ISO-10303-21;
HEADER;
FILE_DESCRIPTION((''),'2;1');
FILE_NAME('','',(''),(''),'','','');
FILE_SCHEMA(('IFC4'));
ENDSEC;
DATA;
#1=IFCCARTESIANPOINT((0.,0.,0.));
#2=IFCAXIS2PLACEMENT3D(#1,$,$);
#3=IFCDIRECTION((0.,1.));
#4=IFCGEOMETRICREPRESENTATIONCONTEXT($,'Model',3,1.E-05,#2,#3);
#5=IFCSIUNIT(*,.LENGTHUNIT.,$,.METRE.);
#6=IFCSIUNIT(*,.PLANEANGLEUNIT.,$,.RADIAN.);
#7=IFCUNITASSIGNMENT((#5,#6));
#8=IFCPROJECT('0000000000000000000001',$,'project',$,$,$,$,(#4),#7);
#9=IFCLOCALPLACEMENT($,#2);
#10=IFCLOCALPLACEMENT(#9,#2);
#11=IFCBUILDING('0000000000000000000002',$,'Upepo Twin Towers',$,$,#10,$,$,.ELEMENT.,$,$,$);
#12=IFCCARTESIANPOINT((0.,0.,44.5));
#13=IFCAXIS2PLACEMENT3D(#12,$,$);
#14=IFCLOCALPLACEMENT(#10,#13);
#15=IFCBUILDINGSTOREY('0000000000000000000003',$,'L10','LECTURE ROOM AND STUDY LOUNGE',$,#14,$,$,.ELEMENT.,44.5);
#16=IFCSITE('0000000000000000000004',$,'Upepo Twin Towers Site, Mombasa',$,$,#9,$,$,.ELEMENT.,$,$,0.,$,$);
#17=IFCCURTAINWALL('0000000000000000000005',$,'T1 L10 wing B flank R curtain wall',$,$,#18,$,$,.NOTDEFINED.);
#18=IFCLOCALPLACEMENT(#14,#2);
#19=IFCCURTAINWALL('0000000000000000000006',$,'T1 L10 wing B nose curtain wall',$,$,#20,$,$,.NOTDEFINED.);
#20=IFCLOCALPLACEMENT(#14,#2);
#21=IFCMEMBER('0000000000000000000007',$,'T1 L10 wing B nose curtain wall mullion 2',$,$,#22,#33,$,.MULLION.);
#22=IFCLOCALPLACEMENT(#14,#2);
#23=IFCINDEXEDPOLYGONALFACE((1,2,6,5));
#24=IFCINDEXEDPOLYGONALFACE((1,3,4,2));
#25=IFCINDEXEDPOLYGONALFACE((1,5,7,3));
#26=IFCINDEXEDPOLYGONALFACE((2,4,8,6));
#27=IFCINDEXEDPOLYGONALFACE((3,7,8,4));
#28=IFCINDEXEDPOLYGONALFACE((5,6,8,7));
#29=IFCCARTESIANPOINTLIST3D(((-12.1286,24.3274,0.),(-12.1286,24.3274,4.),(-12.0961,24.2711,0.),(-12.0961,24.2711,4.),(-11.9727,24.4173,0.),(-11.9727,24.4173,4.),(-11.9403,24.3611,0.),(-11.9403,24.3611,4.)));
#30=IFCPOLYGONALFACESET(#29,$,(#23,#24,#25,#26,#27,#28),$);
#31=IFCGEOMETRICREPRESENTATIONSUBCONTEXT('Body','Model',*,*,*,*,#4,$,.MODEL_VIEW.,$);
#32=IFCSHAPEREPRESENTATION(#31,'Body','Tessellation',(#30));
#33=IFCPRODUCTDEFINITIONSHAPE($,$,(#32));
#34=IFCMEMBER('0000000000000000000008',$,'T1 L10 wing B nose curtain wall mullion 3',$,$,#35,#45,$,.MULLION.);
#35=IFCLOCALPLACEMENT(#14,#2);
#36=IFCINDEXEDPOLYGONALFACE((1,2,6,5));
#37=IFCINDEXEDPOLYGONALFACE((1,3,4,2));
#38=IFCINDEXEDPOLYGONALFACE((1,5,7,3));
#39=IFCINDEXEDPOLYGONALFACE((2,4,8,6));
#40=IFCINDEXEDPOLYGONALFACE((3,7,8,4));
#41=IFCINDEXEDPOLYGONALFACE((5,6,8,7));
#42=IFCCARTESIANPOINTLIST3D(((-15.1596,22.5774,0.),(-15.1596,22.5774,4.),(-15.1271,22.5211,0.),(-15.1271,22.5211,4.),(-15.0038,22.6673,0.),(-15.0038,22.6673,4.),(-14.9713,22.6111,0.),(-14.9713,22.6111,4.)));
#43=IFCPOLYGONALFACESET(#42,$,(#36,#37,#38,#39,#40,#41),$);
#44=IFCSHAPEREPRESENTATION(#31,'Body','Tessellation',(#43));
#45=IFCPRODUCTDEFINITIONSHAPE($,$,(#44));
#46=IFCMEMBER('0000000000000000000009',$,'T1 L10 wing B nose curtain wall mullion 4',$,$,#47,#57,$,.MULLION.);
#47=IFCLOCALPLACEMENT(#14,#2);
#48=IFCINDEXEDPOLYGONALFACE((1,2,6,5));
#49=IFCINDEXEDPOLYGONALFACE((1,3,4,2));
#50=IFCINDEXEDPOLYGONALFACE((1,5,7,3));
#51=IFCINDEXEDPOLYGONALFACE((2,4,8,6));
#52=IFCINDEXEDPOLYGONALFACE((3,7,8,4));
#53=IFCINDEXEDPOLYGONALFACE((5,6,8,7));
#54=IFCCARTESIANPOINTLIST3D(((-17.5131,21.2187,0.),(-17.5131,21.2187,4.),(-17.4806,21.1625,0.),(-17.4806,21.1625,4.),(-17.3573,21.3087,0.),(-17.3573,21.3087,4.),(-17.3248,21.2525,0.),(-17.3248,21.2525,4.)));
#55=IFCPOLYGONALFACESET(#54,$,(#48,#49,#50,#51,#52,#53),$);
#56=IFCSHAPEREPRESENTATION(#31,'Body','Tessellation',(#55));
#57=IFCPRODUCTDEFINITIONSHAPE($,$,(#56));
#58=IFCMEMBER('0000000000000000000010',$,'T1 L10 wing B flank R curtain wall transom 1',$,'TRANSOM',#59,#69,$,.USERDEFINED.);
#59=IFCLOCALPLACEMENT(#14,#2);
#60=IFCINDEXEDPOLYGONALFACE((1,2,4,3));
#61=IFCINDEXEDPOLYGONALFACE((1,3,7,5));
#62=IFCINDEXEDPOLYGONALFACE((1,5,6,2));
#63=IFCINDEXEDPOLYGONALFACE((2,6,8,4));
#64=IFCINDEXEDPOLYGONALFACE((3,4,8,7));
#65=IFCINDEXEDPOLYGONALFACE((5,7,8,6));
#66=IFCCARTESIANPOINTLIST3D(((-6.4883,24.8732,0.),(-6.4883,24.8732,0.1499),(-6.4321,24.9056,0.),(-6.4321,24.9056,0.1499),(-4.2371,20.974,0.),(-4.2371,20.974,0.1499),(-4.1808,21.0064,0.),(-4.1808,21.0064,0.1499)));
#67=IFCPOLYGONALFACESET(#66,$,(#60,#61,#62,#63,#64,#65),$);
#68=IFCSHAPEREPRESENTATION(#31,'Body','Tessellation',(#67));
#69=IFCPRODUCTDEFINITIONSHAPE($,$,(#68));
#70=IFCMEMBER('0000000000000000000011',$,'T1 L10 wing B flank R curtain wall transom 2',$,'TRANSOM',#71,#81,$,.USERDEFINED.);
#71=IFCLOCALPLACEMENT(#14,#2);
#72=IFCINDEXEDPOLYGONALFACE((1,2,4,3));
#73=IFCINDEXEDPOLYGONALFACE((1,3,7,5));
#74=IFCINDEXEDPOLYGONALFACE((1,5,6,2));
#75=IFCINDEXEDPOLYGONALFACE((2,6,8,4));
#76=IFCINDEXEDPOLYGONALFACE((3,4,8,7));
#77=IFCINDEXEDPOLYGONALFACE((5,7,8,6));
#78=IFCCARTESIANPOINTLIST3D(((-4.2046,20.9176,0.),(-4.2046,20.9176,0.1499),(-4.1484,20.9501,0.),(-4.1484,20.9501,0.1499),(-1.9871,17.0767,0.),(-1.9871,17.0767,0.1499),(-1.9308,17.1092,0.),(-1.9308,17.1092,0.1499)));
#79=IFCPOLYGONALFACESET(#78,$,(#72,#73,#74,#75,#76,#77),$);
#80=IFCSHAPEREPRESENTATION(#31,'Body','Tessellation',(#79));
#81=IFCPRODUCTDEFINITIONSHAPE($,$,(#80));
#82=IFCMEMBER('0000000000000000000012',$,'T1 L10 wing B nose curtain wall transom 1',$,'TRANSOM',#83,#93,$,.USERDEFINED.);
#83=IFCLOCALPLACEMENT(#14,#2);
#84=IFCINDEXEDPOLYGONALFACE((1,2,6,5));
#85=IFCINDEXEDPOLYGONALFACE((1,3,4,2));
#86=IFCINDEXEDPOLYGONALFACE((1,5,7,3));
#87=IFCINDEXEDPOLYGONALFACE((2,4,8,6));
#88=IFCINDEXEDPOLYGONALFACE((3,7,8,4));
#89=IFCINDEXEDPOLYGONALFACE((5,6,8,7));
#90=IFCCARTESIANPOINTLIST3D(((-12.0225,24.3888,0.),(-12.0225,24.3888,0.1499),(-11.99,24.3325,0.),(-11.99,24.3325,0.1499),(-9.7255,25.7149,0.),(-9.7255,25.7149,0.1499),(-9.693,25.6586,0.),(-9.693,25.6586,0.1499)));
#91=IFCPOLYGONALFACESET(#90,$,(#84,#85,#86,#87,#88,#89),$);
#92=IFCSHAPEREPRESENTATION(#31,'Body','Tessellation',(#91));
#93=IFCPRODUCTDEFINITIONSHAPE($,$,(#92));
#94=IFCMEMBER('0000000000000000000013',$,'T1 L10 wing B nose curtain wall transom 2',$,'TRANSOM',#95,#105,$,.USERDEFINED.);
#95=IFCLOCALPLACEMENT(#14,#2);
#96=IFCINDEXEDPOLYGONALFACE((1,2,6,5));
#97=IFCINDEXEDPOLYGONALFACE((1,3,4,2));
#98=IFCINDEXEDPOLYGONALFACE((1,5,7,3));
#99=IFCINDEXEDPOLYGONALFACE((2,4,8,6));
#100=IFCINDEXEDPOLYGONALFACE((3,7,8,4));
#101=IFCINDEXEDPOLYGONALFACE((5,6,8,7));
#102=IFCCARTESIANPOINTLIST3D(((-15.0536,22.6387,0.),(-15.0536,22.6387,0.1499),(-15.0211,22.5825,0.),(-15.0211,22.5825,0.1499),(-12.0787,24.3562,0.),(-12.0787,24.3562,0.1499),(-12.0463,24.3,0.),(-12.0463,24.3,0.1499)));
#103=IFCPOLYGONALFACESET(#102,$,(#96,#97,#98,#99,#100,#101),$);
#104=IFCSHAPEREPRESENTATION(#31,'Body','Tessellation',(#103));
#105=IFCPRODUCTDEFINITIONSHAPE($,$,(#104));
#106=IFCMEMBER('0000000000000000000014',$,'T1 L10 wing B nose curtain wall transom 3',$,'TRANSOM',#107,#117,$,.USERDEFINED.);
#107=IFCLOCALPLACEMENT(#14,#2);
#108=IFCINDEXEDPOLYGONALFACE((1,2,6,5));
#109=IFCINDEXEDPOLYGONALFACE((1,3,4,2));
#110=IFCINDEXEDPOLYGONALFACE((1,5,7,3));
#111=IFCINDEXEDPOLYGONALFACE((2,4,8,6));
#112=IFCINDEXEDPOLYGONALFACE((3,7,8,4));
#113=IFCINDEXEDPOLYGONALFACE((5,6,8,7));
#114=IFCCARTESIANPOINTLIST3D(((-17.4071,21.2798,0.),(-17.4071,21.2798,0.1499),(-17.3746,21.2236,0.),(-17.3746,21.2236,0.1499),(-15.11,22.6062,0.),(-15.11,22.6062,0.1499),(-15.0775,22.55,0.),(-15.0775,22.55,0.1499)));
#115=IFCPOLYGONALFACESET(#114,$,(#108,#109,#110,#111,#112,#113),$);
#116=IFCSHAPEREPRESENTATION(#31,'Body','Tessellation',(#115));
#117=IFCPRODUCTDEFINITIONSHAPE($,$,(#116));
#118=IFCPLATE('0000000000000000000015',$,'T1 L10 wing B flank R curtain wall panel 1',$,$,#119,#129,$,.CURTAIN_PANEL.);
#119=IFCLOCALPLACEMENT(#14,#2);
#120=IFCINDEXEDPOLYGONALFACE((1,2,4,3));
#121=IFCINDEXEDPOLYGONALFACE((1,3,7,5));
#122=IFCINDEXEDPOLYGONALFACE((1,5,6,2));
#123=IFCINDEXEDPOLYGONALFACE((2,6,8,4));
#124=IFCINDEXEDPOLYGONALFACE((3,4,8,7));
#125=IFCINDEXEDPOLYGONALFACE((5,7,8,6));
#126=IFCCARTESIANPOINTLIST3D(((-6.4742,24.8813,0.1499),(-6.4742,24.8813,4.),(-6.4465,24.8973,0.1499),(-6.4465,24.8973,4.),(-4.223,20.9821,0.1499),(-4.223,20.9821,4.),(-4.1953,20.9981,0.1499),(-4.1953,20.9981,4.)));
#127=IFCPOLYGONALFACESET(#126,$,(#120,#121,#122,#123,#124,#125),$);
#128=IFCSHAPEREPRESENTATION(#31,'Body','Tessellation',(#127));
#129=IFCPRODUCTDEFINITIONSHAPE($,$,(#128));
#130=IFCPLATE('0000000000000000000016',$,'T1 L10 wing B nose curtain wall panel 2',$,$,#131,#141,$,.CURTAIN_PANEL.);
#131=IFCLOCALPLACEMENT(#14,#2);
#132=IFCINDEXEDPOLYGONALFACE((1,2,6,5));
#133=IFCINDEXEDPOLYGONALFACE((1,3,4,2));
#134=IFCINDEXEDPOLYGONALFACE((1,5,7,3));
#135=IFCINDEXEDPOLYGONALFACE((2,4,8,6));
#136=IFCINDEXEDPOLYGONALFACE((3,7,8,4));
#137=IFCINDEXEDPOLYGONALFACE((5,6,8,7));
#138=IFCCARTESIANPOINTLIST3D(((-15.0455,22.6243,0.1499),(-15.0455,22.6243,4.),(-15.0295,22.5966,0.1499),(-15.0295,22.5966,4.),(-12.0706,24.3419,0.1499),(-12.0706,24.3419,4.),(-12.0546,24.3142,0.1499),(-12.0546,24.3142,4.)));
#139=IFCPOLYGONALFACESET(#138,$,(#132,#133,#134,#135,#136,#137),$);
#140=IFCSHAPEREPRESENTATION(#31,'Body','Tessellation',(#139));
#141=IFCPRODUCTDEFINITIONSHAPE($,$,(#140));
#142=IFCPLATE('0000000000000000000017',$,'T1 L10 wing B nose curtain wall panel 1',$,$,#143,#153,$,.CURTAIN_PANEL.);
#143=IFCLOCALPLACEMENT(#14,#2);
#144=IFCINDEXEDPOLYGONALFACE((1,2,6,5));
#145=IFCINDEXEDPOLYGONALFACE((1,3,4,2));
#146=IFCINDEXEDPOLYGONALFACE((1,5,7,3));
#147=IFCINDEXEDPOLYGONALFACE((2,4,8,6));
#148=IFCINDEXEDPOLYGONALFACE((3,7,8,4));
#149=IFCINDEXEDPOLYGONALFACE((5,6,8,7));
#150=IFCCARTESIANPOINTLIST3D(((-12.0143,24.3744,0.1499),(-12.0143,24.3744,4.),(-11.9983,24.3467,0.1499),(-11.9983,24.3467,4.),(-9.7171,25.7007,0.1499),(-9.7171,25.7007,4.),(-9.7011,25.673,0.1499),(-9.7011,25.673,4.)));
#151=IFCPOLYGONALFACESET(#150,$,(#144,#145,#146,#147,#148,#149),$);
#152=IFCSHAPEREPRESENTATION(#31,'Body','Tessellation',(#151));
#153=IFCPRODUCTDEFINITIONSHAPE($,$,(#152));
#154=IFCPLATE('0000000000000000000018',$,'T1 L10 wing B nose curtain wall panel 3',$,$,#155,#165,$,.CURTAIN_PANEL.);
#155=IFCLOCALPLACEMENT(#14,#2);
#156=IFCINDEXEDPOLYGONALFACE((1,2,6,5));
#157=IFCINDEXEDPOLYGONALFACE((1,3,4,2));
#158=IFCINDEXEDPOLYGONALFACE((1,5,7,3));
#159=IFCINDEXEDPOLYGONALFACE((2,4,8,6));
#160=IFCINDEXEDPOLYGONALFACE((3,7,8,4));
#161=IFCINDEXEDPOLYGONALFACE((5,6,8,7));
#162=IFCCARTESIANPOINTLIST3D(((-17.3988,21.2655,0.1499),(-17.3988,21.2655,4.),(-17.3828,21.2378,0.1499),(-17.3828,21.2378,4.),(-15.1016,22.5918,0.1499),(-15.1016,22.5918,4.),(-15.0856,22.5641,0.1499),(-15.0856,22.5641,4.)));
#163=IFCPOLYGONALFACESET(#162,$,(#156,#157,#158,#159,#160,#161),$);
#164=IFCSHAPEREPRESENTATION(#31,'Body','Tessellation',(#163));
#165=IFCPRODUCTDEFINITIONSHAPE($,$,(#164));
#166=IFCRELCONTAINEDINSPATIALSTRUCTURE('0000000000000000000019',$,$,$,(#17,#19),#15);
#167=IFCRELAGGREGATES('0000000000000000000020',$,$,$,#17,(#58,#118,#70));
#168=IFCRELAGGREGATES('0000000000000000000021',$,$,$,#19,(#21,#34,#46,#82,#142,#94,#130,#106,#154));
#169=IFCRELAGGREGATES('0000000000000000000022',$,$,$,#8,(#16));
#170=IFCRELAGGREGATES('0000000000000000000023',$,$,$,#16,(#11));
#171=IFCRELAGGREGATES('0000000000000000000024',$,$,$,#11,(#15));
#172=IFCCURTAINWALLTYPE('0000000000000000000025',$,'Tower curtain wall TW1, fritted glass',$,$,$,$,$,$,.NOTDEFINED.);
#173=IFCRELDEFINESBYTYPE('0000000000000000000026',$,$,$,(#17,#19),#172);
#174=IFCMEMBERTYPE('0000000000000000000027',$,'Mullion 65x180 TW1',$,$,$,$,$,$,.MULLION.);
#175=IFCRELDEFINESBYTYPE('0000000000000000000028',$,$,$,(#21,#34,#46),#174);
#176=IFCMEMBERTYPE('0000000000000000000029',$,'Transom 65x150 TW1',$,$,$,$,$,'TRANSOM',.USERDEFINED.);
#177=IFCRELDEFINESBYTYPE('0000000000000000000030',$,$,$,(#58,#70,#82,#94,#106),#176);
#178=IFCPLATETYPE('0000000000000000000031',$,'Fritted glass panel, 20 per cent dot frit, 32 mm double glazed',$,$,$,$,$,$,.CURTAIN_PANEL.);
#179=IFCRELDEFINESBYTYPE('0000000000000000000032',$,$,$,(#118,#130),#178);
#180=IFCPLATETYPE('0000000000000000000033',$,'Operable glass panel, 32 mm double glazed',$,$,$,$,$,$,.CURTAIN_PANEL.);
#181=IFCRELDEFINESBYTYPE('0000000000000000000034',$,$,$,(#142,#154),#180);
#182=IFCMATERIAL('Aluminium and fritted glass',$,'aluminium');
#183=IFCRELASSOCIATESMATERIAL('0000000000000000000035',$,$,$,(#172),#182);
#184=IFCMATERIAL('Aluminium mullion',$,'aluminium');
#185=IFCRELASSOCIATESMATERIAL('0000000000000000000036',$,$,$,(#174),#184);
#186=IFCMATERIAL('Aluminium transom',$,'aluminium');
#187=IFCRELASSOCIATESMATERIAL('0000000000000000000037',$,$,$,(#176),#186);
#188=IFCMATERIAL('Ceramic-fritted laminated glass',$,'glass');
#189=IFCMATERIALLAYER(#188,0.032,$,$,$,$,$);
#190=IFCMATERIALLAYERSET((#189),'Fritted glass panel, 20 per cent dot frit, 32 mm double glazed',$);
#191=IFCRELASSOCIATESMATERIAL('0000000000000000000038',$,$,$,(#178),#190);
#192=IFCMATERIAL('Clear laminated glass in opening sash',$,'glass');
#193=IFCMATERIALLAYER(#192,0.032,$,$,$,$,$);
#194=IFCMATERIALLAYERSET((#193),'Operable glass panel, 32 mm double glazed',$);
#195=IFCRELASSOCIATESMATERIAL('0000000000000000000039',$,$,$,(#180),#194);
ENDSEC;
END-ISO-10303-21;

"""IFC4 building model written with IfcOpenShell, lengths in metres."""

from ifc_helpers import new_model, si_unit, direction, frame, origin, origin_2d, place, context, subcontext, project, spatial, rectangle, extrude, material, layer, layer_set, material_profile, profile_set, type_object, element, aggregate, save


model = new_model("IFC4")

# Units and contexts
model_context = context("Model", 3, precision=1e-05, world=origin(), true_north=direction((0.0, 1.0)))
body_context = subcontext(model_context, "Body", "Model", "MODEL_VIEW")
ifc_project = project(units=[si_unit("LENGTHUNIT", "METRE"), si_unit("PLANEANGLEUNIT", "RADIAN")], contexts=[model_context])

# Site, building, storey
site_placement = place(None, origin())
site = spatial("IfcSite", under=ifc_project, at=site_placement, Name="Upepo Twin Towers Site, Mombasa", CompositionType="ELEMENT", RefElevation=0.0)
building_placement = place(site_placement, origin())
building = spatial("IfcBuilding", under=site, at=building_placement, Name="Upepo Twin Towers", CompositionType="ELEMENT")
storey_placement = place(building_placement, frame((0.0, 0.0, 44.5)))
storey = spatial("IfcBuildingStorey", under=building, at=storey_placement, Name="L10", Description="LECTURE ROOM AND STUDY LOUNGE", CompositionType="ELEMENT", Elevation=44.5)

# Shared definitions
ifc_material_1 = material(Name="Aluminium and fritted glass", Category="aluminium")
curtain_wall_type = type_object("IfcCurtainWallType", Name="Tower curtain wall TW1, fritted glass", PredefinedType="NOTDEFINED", material=ifc_material_1)
ifc_material_2 = material(Name="Aluminium mullion", Category="aluminium")
ifc_material_profile_1 = material_profile(ifc_material_2, rectangle(XDim=0.0649, YDim=0.1799, at=origin_2d()), Name="MULLION 65x180")
ifc_profile_set_1 = profile_set([ifc_material_profile_1], Name="Aluminium mullion")
member_type_1 = type_object("IfcMemberType", Name="Mullion 65x180 TW1", PredefinedType="MULLION", material=ifc_profile_set_1)

# Curtain walls, members
curtain_wall_1_placement = place(storey_placement, origin())
curtain_wall_1 = element("IfcCurtainWall", 1, at=curtain_wall_1_placement, inside=storey, type_object=curtain_wall_type, Name="T1 L10 wing B flank R curtain wall", PredefinedType="NOTDEFINED")
curtain_wall_2_placement = place(storey_placement, origin())
curtain_wall_2 = element("IfcCurtainWall", 2, at=curtain_wall_2_placement, inside=storey, type_object=curtain_wall_type, Name="T1 L10 wing B nose curtain wall", PredefinedType="NOTDEFINED")
member_1_placement = place(storey_placement, frame((-12.0344, 24.3442, 0.0), z_axis=(0.0, 0.0, 1.0), x_axis=(0.5, -0.866025, 0.0)))
member_1 = element("IfcMember", 3, at=member_1_placement, type_object=member_type_1, Name="T1 L10 wing B nose curtain wall mullion 2", PredefinedType="MULLION", context=body_context, shape_type="SweptSolid", body=[
    extrude(rectangle(XDim=0.0649, YDim=0.1799, at=origin_2d()), origin(), (0.0, 0.0, 1.0), 4.0),
])
member_2_placement = place(storey_placement, frame((-15.0654, 22.5942, 0.0), z_axis=(0.0, 0.0, 1.0), x_axis=(0.5, -0.866025, 0.0)))
member_2 = element("IfcMember", 4, at=member_2_placement, type_object=member_type_1, Name="T1 L10 wing B nose curtain wall mullion 3", PredefinedType="MULLION", context=body_context, shape_type="SweptSolid", body=[
    extrude(rectangle(XDim=0.0649, YDim=0.1799, at=origin_2d()), origin(), (0.0, 0.0, 1.0), 4.0),
])
member_3_placement = place(storey_placement, frame((-17.4189, 21.2356, 0.0), z_axis=(0.0, 0.0, 1.0), x_axis=(0.5, -0.866025, 0.0)))
member_3 = element("IfcMember", 5, at=member_3_placement, type_object=member_type_1, Name="T1 L10 wing B nose curtain wall mullion 4", PredefinedType="MULLION", context=body_context, shape_type="SweptSolid", body=[
    extrude(rectangle(XDim=0.0649, YDim=0.1799, at=origin_2d()), origin(), (0.0, 0.0, 1.0), 4.0),
])

# Members
ifc_material_3 = material(Name="Aluminium transom", Category="aluminium")
ifc_material_profile_2 = material_profile(ifc_material_3, rectangle(XDim=0.0649, YDim=0.1499, at=origin_2d()), Name="TRANSOM 65x150")
ifc_profile_set_2 = profile_set([ifc_material_profile_2], Name="Aluminium transom")
member_type_2 = type_object("IfcMemberType", Name="Transom 65x150 TW1", ElementType="TRANSOM", PredefinedType="USERDEFINED", material=ifc_profile_set_2)
member_4_placement = place(storey_placement, frame((-6.4602, 24.8894, 0.075), z_axis=(0.500006, -0.866022, 0.0), x_axis=(0.866022, 0.500006, 0.0)))
member_4 = element("IfcMember", 6, at=member_4_placement, type_object=member_type_2, Name="T1 L10 wing B flank R curtain wall transom 1", ObjectType="TRANSOM", PredefinedType="USERDEFINED", context=body_context, shape_type="SweptSolid", body=[
    extrude(rectangle(XDim=0.0649, YDim=0.1499, at=origin_2d()), origin(), (0.0, 0.0, 1.0), 4.5024),
])
member_5_placement = place(storey_placement, frame((-4.1765, 20.9338, 0.075), z_axis=(0.500005, -0.866022, 0.0), x_axis=(0.866022, 0.500005, 0.0)))
member_5 = element("IfcMember", 7, at=member_5_placement, type_object=member_type_2, Name="T1 L10 wing B flank R curtain wall transom 2", ObjectType="TRANSOM", PredefinedType="USERDEFINED", context=body_context, shape_type="SweptSolid", body=[
    extrude(rectangle(XDim=0.0649, YDim=0.1499, at=origin_2d()), origin(), (0.0, 0.0, 1.0), 4.4351),
])
member_6_placement = place(storey_placement, frame((-9.7092, 25.6868, 0.075), z_axis=(-0.866037, -0.49998, 0.0), x_axis=(0.49998, -0.866037, 0.0)))
member_6 = element("IfcMember", 8, at=member_6_placement, type_object=member_type_2, Name="T1 L10 wing B nose curtain wall transom 1", ObjectType="TRANSOM", PredefinedType="USERDEFINED", context=body_context, shape_type="SweptSolid", body=[
    extrude(rectangle(XDim=0.0649, YDim=0.1499, at=origin_2d()), origin(), (0.0, 0.0, 1.0), 2.6523),
])
member_7_placement = place(storey_placement, frame((-12.0625, 24.3281, 0.075), z_axis=(-0.866026, -0.499999, 0.0), x_axis=(0.499999, -0.866026, 0.0)))
member_7 = element("IfcMember", 9, at=member_7_placement, type_object=member_type_2, Name="T1 L10 wing B nose curtain wall transom 2", ObjectType="TRANSOM", PredefinedType="USERDEFINED", context=body_context, shape_type="SweptSolid", body=[
    extrude(rectangle(XDim=0.0649, YDim=0.1499, at=origin_2d()), origin(), (0.0, 0.0, 1.0), 3.4351),
])
member_8_placement = place(storey_placement, frame((-15.0938, 22.5781, 0.075), z_axis=(-0.865997, -0.500049, 0.0), x_axis=(0.500049, -0.865997, 0.0)))
member_8 = element("IfcMember", 10, at=member_8_placement, type_object=member_type_2, Name="T1 L10 wing B nose curtain wall transom 3", ObjectType="TRANSOM", PredefinedType="USERDEFINED", context=body_context, shape_type="SweptSolid", body=[
    extrude(rectangle(XDim=0.0649, YDim=0.1499, at=origin_2d()), origin(), (0.0, 0.0, 1.0), 2.6526),
])

# Plates
ifc_material_4 = material(Name="Ceramic-fritted laminated glass", Category="glass")
ifc_layer_1 = layer(ifc_material_4, 0.032)
ifc_layer_set_1 = layer_set([ifc_layer_1], Name="Fritted glass panel, 20 per cent dot frit, 32 mm double glazed")
plate_type_1 = type_object("IfcPlateType", Name="Fritted glass panel, 20 per cent dot frit, 32 mm double glazed", PredefinedType="CURTAIN_PANEL", material=ifc_layer_set_1)
plate_1_placement = place(storey_placement, frame((-5.3347, 22.9397, 0.1499), z_axis=(0.0, 0.0, 1.0), x_axis=(0.5, -0.866025, 0.0)))
plate_1 = element("IfcPlate", 11, at=plate_1_placement, type_object=plate_type_1, Name="T1 L10 wing B flank R curtain wall panel 1", PredefinedType="CURTAIN_PANEL", context=body_context, shape_type="SweptSolid", body=[
    extrude(rectangle(XDim=4.5024, YDim=0.032, at=origin_2d()), origin(), (0.0, 0.0, 1.0), 3.8501),
])
aggregate(curtain_wall_1, [member_4, plate_1, member_5])
plate_2_placement = place(storey_placement, frame((-13.55, 23.4692, 0.1499), z_axis=(0.0, 0.0, 1.0), x_axis=(-0.866025, -0.5, 0.0)))
plate_2 = element("IfcPlate", 12, at=plate_2_placement, type_object=plate_type_1, Name="T1 L10 wing B nose curtain wall panel 2", PredefinedType="CURTAIN_PANEL", context=body_context, shape_type="SweptSolid", body=[
    extrude(rectangle(XDim=3.4351, YDim=0.032, at=origin_2d()), origin(), (0.0, 0.0, 1.0), 3.8501),
])
ifc_material_5 = material(Name="Clear laminated glass in opening sash", Category="glass")
ifc_layer_2 = layer(ifc_material_5, 0.032)
ifc_layer_set_2 = layer_set([ifc_layer_2], Name="Operable glass panel, 32 mm double glazed")
plate_type_2 = type_object("IfcPlateType", Name="Operable glass panel, 32 mm double glazed", PredefinedType="CURTAIN_PANEL", material=ifc_layer_set_2)
plate_3_placement = place(storey_placement, frame((-10.8577, 25.0237, 0.1499), z_axis=(0.0, 0.0, 1.0), x_axis=(-0.866025, -0.5, 0.0)))
plate_3 = element("IfcPlate", 13, at=plate_3_placement, type_object=plate_type_2, Name="T1 L10 wing B nose curtain wall panel 1", PredefinedType="CURTAIN_PANEL", context=body_context, shape_type="SweptSolid", body=[
    extrude(rectangle(XDim=2.6526, YDim=0.032, at=origin_2d()), origin(), (0.0, 0.0, 1.0), 3.8501),
])
plate_4_placement = place(storey_placement, frame((-16.2422, 21.9148, 0.1499), z_axis=(0.0, 0.0, 1.0), x_axis=(-0.866025, -0.5, 0.0)))
plate_4 = element("IfcPlate", 14, at=plate_4_placement, type_object=plate_type_2, Name="T1 L10 wing B nose curtain wall panel 3", PredefinedType="CURTAIN_PANEL", context=body_context, shape_type="SweptSolid", body=[
    extrude(rectangle(XDim=2.6526, YDim=0.032, at=origin_2d()), origin(), (0.0, 0.0, 1.0), 3.8501),
])
aggregate(curtain_wall_2, [member_1, member_2, member_3, member_6, plate_3, member_7, plate_2, member_8, plate_4])

save(model, "model.ifc")
